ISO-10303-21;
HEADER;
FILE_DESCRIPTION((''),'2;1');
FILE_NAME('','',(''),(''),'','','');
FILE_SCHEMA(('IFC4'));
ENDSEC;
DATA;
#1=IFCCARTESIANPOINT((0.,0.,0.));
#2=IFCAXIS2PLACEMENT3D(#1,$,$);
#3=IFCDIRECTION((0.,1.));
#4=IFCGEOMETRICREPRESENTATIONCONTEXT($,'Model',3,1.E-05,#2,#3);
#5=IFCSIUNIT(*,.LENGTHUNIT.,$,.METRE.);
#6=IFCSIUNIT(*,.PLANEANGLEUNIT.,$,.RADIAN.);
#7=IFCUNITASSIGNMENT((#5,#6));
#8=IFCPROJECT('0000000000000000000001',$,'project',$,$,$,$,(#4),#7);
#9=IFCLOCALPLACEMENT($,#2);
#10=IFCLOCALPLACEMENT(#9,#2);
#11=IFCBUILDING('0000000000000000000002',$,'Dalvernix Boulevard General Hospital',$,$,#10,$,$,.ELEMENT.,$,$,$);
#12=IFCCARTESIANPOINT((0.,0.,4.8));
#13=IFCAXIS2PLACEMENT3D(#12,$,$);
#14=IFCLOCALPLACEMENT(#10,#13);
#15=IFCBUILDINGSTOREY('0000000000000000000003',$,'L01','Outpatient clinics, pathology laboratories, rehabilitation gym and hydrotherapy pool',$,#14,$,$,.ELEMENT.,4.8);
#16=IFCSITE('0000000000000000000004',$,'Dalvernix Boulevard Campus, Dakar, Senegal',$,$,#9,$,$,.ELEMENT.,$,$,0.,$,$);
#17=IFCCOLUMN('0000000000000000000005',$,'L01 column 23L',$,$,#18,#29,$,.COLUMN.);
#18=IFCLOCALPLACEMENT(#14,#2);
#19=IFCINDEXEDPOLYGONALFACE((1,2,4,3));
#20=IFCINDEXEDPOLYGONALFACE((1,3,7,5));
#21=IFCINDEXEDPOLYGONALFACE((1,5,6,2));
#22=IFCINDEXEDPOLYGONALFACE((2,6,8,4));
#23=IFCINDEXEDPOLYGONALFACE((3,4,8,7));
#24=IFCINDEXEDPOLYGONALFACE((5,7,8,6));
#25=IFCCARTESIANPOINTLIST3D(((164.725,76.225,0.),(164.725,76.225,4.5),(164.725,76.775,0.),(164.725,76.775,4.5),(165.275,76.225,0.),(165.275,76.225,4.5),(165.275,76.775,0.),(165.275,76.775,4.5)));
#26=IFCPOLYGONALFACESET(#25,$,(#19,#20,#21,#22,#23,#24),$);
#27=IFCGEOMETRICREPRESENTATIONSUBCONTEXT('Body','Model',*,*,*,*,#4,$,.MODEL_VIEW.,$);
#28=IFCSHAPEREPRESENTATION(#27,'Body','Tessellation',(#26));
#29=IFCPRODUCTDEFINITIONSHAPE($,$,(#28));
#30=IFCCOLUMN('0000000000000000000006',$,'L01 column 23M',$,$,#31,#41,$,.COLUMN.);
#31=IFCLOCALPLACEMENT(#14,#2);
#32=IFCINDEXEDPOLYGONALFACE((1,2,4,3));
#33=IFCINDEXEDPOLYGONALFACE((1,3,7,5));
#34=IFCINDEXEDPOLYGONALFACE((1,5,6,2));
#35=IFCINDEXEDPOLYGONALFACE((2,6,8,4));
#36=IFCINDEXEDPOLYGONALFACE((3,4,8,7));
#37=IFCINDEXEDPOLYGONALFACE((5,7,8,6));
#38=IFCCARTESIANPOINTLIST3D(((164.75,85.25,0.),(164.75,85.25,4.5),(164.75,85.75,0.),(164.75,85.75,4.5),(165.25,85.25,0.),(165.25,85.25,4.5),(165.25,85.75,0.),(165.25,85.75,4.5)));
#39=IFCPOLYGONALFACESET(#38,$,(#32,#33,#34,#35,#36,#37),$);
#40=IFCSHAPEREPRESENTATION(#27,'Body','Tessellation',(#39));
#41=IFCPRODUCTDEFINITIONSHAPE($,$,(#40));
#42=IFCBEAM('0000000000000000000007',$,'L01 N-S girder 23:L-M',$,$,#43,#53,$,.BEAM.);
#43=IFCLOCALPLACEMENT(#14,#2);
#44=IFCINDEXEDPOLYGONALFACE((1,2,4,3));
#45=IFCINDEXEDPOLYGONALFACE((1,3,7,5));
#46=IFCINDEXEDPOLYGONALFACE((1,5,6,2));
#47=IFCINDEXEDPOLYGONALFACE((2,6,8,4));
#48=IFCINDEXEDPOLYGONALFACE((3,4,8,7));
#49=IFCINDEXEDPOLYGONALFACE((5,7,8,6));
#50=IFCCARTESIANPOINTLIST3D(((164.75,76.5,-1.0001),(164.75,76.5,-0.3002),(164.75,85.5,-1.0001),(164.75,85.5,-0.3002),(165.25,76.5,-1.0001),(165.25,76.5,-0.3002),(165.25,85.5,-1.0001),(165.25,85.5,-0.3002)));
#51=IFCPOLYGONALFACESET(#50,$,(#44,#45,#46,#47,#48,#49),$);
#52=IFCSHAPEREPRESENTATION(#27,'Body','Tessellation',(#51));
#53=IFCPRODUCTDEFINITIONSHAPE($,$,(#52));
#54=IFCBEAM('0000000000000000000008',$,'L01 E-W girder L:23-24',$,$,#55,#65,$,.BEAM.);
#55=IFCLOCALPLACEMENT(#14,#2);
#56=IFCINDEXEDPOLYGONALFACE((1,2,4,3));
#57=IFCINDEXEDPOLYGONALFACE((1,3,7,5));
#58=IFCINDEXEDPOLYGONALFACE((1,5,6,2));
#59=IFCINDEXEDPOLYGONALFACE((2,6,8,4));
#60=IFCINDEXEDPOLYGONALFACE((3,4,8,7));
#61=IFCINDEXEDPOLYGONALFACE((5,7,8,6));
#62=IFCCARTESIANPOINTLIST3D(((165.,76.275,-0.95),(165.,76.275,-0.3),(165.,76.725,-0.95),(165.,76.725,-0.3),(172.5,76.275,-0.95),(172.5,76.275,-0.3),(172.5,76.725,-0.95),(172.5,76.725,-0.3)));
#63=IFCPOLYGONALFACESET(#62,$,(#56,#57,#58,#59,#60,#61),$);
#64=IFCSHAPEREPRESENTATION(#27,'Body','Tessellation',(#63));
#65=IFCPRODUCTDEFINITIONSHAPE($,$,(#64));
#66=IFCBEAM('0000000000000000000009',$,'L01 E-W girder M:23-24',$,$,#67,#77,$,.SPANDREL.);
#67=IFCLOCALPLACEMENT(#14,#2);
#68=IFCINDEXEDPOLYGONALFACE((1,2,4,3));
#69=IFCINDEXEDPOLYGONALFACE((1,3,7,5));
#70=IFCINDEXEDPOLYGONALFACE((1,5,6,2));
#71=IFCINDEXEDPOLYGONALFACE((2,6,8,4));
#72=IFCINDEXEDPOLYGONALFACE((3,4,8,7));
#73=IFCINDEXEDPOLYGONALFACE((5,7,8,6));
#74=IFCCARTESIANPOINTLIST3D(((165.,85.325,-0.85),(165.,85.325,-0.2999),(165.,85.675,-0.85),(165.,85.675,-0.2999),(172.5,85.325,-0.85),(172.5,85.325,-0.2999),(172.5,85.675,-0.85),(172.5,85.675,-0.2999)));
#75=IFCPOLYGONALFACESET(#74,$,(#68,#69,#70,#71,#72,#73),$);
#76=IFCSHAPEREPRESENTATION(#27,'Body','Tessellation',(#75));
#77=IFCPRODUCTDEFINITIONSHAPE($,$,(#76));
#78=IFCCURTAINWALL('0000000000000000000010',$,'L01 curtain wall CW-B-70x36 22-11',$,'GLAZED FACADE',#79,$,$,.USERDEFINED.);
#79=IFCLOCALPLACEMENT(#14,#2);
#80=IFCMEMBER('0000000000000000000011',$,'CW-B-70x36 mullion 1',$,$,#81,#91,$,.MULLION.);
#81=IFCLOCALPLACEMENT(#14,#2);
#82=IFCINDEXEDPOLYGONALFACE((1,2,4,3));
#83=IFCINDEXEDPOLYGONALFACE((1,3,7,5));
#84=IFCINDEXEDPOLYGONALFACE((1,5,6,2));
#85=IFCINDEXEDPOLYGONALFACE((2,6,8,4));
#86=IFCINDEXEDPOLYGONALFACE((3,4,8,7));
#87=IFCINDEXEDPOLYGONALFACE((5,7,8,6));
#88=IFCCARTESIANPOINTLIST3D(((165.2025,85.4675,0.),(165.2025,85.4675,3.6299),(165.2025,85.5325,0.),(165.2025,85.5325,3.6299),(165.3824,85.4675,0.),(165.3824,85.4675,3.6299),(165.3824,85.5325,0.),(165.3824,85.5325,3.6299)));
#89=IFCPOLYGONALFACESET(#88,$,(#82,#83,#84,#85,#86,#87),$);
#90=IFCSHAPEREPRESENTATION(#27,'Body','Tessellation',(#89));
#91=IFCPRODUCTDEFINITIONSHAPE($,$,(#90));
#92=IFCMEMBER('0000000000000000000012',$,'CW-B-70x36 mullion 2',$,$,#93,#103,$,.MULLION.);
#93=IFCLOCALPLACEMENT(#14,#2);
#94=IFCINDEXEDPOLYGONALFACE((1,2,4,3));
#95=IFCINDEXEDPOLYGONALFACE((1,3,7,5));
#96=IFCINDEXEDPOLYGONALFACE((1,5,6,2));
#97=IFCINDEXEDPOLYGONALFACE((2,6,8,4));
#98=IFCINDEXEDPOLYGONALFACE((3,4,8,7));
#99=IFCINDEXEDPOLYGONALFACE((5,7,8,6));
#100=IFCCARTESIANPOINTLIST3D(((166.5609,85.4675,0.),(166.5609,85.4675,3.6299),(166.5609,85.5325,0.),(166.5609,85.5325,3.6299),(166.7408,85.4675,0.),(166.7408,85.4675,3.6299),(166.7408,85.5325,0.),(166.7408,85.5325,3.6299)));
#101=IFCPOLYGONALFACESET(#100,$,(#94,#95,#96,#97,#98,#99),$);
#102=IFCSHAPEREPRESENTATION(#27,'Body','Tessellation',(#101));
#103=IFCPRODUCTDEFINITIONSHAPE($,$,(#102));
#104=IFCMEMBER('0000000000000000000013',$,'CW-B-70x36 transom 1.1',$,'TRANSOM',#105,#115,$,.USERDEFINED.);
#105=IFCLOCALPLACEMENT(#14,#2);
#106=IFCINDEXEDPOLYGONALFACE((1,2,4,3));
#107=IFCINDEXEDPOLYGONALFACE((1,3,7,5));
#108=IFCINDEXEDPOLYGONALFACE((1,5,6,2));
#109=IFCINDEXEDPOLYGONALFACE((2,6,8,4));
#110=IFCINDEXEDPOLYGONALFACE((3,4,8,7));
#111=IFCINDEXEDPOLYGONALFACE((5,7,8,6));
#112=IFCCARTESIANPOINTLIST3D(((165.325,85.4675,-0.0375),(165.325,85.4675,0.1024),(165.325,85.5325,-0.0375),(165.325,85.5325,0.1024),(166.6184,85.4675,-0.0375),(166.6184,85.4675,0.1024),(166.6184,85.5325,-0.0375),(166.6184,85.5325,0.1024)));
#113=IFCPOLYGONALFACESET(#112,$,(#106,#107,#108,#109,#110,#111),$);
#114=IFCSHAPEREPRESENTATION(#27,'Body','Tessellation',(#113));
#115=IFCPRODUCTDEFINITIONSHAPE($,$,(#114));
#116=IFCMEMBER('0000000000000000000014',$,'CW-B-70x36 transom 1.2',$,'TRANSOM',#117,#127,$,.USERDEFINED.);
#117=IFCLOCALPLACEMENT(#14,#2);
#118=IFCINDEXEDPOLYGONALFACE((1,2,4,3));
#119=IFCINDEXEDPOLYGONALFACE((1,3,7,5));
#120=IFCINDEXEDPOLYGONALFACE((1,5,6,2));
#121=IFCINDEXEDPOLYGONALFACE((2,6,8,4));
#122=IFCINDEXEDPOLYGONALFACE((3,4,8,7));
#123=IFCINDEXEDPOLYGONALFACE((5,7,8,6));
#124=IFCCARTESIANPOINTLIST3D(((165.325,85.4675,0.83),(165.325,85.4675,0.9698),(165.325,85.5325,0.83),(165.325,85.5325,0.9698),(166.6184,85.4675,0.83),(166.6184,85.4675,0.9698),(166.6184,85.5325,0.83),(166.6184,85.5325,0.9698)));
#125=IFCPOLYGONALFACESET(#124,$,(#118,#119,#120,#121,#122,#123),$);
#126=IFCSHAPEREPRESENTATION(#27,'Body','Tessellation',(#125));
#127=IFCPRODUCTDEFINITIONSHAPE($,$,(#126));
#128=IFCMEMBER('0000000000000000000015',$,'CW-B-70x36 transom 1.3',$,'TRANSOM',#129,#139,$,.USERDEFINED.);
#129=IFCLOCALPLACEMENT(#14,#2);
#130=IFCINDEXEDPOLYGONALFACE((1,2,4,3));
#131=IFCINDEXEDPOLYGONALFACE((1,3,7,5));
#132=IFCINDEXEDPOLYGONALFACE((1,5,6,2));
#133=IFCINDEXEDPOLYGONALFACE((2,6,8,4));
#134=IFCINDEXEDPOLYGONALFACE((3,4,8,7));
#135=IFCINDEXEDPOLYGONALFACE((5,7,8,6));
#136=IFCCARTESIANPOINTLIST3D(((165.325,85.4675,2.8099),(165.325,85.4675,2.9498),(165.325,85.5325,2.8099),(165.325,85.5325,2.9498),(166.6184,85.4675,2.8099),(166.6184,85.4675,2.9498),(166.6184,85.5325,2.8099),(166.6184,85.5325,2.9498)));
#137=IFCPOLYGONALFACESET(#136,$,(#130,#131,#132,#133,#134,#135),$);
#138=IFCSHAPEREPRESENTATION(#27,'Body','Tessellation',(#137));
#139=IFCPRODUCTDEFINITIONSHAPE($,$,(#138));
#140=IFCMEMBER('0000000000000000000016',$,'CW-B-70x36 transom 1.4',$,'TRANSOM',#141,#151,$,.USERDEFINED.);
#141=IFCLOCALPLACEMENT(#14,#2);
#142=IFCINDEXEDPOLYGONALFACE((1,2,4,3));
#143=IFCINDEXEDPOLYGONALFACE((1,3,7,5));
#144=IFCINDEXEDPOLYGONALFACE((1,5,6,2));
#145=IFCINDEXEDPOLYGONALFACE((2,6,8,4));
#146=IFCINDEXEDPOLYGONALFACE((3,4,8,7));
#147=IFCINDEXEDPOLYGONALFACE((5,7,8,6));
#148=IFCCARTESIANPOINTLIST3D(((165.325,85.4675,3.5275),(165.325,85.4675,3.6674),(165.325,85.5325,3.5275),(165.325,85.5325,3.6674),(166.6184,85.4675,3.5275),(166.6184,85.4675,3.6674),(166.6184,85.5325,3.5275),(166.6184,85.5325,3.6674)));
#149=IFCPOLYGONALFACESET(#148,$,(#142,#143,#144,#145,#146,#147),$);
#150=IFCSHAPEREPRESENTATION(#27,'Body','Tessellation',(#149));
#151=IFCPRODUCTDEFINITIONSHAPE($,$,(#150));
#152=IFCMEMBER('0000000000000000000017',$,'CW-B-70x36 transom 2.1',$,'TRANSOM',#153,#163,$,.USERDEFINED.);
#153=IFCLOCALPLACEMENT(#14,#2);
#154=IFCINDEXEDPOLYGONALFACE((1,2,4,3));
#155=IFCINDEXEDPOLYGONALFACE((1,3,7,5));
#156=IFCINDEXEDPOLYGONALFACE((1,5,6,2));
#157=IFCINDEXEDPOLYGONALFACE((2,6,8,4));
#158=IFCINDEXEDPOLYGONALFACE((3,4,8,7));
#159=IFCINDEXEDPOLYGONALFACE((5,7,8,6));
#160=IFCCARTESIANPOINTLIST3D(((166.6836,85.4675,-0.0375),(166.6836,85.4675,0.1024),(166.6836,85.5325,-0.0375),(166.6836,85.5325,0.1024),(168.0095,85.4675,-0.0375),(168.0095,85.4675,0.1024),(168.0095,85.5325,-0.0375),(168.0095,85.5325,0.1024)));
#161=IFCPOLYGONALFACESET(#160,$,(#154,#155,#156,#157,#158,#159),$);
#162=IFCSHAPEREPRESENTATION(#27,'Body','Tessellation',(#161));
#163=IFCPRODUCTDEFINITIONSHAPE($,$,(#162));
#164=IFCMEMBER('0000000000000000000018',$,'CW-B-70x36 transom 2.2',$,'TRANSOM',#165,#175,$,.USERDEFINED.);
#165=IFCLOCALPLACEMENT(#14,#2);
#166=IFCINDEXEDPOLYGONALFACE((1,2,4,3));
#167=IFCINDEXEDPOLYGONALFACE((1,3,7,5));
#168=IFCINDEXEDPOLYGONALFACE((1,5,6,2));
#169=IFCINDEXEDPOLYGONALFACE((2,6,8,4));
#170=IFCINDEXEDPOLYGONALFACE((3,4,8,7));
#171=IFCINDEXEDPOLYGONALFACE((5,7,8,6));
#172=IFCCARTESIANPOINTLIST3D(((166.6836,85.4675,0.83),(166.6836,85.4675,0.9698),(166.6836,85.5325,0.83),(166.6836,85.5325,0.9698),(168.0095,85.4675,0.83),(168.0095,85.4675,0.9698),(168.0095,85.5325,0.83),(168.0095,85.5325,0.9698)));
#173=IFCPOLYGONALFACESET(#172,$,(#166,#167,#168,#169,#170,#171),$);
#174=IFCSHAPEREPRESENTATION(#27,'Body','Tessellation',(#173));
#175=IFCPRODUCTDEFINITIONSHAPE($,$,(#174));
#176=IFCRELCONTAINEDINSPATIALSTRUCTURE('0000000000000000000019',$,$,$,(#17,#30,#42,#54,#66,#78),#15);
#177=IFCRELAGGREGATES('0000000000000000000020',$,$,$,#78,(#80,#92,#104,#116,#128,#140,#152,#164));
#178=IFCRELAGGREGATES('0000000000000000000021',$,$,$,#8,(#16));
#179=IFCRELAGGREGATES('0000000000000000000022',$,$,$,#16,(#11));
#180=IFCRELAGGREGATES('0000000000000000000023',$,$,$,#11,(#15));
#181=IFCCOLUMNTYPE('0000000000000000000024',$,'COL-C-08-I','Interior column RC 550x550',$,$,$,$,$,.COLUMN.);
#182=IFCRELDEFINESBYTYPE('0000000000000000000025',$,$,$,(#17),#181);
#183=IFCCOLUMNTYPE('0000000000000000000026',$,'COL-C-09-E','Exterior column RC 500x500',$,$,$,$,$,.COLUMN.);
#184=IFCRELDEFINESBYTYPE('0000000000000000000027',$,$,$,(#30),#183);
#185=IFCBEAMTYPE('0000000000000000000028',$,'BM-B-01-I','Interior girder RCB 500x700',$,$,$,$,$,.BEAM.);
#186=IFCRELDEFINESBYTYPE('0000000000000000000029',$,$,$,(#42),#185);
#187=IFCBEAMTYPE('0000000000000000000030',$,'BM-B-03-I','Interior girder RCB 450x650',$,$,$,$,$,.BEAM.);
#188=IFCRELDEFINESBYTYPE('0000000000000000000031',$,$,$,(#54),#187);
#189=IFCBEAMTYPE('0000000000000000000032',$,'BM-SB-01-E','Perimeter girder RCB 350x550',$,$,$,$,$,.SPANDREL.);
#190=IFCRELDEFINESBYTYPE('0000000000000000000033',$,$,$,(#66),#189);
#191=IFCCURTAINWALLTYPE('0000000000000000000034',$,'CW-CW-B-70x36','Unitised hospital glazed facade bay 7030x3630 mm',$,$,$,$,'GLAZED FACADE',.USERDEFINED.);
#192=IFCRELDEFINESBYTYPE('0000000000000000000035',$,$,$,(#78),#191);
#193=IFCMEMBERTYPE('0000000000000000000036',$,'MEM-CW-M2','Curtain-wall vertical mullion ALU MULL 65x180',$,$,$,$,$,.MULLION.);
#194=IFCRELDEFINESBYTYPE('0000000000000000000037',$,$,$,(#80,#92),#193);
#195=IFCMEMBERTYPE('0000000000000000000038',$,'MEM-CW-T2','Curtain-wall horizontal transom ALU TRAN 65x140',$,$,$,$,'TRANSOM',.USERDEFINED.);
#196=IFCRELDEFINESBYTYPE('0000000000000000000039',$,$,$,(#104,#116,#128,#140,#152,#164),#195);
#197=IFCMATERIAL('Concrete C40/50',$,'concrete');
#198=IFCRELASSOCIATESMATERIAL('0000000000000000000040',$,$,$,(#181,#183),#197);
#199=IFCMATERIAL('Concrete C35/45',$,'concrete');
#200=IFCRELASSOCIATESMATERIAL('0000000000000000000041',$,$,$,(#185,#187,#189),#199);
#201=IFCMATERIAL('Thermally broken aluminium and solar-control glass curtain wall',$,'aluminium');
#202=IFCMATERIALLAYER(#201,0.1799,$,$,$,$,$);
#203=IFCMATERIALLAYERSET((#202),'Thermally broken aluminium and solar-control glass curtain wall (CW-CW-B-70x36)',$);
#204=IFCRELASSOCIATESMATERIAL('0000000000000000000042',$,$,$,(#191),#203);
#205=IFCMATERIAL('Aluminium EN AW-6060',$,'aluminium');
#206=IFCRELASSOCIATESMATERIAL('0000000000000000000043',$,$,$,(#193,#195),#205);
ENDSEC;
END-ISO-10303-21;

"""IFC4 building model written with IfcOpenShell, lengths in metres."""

from ifc_helpers import new_model, si_unit, direction, frame, origin, origin_2d, place, context, subcontext, project, spatial, rectangle, extrude, material, layer, layer_set, material_profile, profile_set, type_object, element, aggregate, save


model = new_model("IFC4")

# Units and contexts
model_context = context("Model", 3, precision=1e-05, world=origin(), true_north=direction((0.0, 1.0)))
body_context = subcontext(model_context, "Body", "Model", "MODEL_VIEW")
ifc_project = project(units=[si_unit("LENGTHUNIT", "METRE"), si_unit("PLANEANGLEUNIT", "RADIAN")], contexts=[model_context])

# Site, building, storey
site_placement = place(None, origin())
site = spatial("IfcSite", under=ifc_project, at=site_placement, Name="Dalvernix Boulevard Campus, Dakar, Senegal", CompositionType="ELEMENT", RefElevation=0.0)
building_placement = place(site_placement, origin())
building = spatial("IfcBuilding", under=site, at=building_placement, Name="Dalvernix Boulevard General Hospital", CompositionType="ELEMENT")
storey_placement = place(building_placement, frame((0.0, 0.0, 4.8)))
storey = spatial("IfcBuildingStorey", under=building, at=storey_placement, Name="L01", Description="Outpatient clinics, pathology laboratories, rehabilitation gym and hydrotherapy pool", CompositionType="ELEMENT", Elevation=4.8)

# Columns
ifc_material_1 = material(Name="Concrete C40/50", Category="concrete")
ifc_material_profile_1 = material_profile(ifc_material_1, rectangle(XDim=0.55, YDim=0.55, at=origin_2d()), Name="RC 550x550")
ifc_profile_set_1 = profile_set([ifc_material_profile_1], Name="Concrete C40/50")
column_type_1 = type_object("IfcColumnType", Name="COL-C-08-I", Description="Interior column RC 550x550", PredefinedType="COLUMN", material=ifc_profile_set_1)
column_1_placement = place(storey_placement, frame((165.0, 76.5, 0.0), z_axis=(0.0, 0.0, 1.0), x_axis=(1.0, 0.0, 0.0)))
element("IfcColumn", 1, at=column_1_placement, inside=storey, type_object=column_type_1, Name="L01 column 23L", PredefinedType="COLUMN", context=body_context, shape_type="SweptSolid", body=[
    extrude(rectangle(XDim=0.55, YDim=0.55, at=origin_2d()), origin(), (0.0, 0.0, 1.0), 4.5),
])
ifc_material_profile_2 = material_profile(ifc_material_1, rectangle(XDim=0.5, YDim=0.5, at=origin_2d()), Name="RC 500x500")
ifc_profile_set_2 = profile_set([ifc_material_profile_2], Name="Concrete C40/50")
column_type_2 = type_object("IfcColumnType", Name="COL-C-09-E", Description="Exterior column RC 500x500", PredefinedType="COLUMN", material=ifc_profile_set_2)
column_2_placement = place(storey_placement, frame((165.0, 85.5, 0.0), z_axis=(0.0, 0.0, 1.0), x_axis=(1.0, 0.0, 0.0)))
element("IfcColumn", 2, at=column_2_placement, inside=storey, type_object=column_type_2, Name="L01 column 23M", PredefinedType="COLUMN", context=body_context, shape_type="SweptSolid", body=[
    extrude(rectangle(XDim=0.5, YDim=0.5, at=origin_2d()), origin(), (0.0, 0.0, 1.0), 4.5),
])

# Beams
ifc_material_2 = material(Name="Concrete C35/45", Category="concrete")
ifc_material_profile_3 = material_profile(ifc_material_2, rectangle(XDim=0.5, YDim=0.7, at=origin_2d()), Name="RCB 500x700")
ifc_profile_set_3 = profile_set([ifc_material_profile_3], Name="Concrete C35/45")
beam_type_1 = type_object("IfcBeamType", Name="BM-B-01-I", Description="Interior girder RCB 500x700", PredefinedType="BEAM", material=ifc_profile_set_3)
beam_1_placement = place(storey_placement, frame((165.0, 76.5, -0.6501), z_axis=(0.0, 1.0, 0.0), x_axis=(-1.0, 0.0, 0.0)))
element("IfcBeam", 3, at=beam_1_placement, inside=storey, type_object=beam_type_1, Name="L01 N-S girder 23:L-M", PredefinedType="BEAM", context=body_context, shape_type="SweptSolid", body=[
    extrude(rectangle(XDim=0.5, YDim=0.7, at=origin_2d()), origin(), (0.0, 0.0, 1.0), 9.0),
])
ifc_material_profile_4 = material_profile(ifc_material_2, rectangle(XDim=0.45, YDim=0.6499, at=origin_2d()), Name="RCB 450x650")
ifc_profile_set_4 = profile_set([ifc_material_profile_4], Name="Concrete C35/45")
beam_type_2 = type_object("IfcBeamType", Name="BM-B-03-I", Description="Interior girder RCB 450x650", PredefinedType="BEAM", material=ifc_profile_set_4)
beam_2_placement = place(storey_placement, frame((165.0, 76.5, -0.625), z_axis=(1.0, 0.0, 0.0), x_axis=(0.0, 1.0, 0.0)))
element("IfcBeam", 4, at=beam_2_placement, inside=storey, type_object=beam_type_2, Name="L01 E-W girder L:23-24", PredefinedType="BEAM", context=body_context, shape_type="SweptSolid", body=[
    extrude(rectangle(XDim=0.45, YDim=0.6499, at=origin_2d()), origin(), (0.0, 0.0, 1.0), 7.5),
])
ifc_material_profile_5 = material_profile(ifc_material_2, rectangle(XDim=0.3501, YDim=0.55, at=origin_2d()), Name="RCB 350x550")
ifc_profile_set_5 = profile_set([ifc_material_profile_5], Name="Concrete C35/45")
beam_type_3 = type_object("IfcBeamType", Name="BM-SB-01-E", Description="Perimeter girder RCB 350x550", PredefinedType="SPANDREL", material=ifc_profile_set_5)
beam_3_placement = place(storey_placement, frame((165.0, 85.5, -0.575), z_axis=(1.0, 0.0, 0.0), x_axis=(0.0, 1.0, 0.0)))
element("IfcBeam", 5, at=beam_3_placement, inside=storey, type_object=beam_type_3, Name="L01 E-W girder M:23-24", PredefinedType="SPANDREL", context=body_context, shape_type="SweptSolid", body=[
    extrude(rectangle(XDim=0.3501, YDim=0.55, at=origin_2d()), origin(), (0.0, 0.0, 1.0), 7.5),
])

# Curtain wall, members
ifc_material_3 = material(Name="Thermally broken aluminium and solar-control glass curtain wall", Category="aluminium")
ifc_layer_1 = layer(ifc_material_3, 0.1799)
ifc_layer_set_1 = layer_set([ifc_layer_1], Name="Thermally broken aluminium and solar-control glass curtain wall (CW-CW-B-70x36)")
curtain_wall_type = type_object("IfcCurtainWallType", Name="CW-CW-B-70x36", Description="Unitised hospital glazed facade bay 7030x3630 mm", ElementType="GLAZED FACADE", PredefinedType="USERDEFINED", material=ifc_layer_set_1)
curtain_wall_placement = place(storey_placement, origin())
curtain_wall = element("IfcCurtainWall", 6, at=curtain_wall_placement, inside=storey, type_object=curtain_wall_type, Name="L01 curtain wall CW-B-70x36 22-11", ObjectType="GLAZED FACADE", PredefinedType="USERDEFINED")
ifc_material_4 = material(Name="Aluminium EN AW-6060", Category="aluminium")
ifc_material_profile_6 = material_profile(ifc_material_4, rectangle(XDim=0.0649, YDim=0.1799, at=origin_2d()), Name="ALU MULL 65x180")
ifc_profile_set_6 = profile_set([ifc_material_profile_6], Name="Aluminium EN AW-6060")
member_type_1 = type_object("IfcMemberType", Name="MEM-CW-M2", Description="Curtain-wall vertical mullion ALU MULL 65x180", PredefinedType="MULLION", material=ifc_profile_set_6)
member_1_placement = place(storey_placement, frame((165.2925, 85.5, 0.0), z_axis=(0.0, 0.0, 1.0), x_axis=(0.0, 1.0, 0.0)))
member_1 = element("IfcMember", 7, at=member_1_placement, type_object=member_type_1, Name="CW-B-70x36 mullion 1", PredefinedType="MULLION", context=body_context, shape_type="SweptSolid", body=[
    extrude(rectangle(XDim=0.0649, YDim=0.1799, at=origin_2d()), origin(), (0.0, 0.0, 1.0), 3.6299),
])
member_2_placement = place(storey_placement, frame((166.6509, 85.5, 0.0), z_axis=(0.0, 0.0, 1.0), x_axis=(0.0, 1.0, 0.0)))
member_2 = element("IfcMember", 8, at=member_2_placement, type_object=member_type_1, Name="CW-B-70x36 mullion 2", PredefinedType="MULLION", context=body_context, shape_type="SweptSolid", body=[
    extrude(rectangle(XDim=0.0649, YDim=0.1799, at=origin_2d()), origin(), (0.0, 0.0, 1.0), 3.6299),
])
ifc_material_profile_7 = material_profile(ifc_material_4, rectangle(XDim=0.0649, YDim=0.1399, at=origin_2d()), Name="ALU TRAN 65x140")
ifc_profile_set_7 = profile_set([ifc_material_profile_7], Name="Aluminium EN AW-6060")
member_type_2 = type_object("IfcMemberType", Name="MEM-CW-T2", Description="Curtain-wall horizontal transom ALU TRAN 65x140", ElementType="TRANSOM", PredefinedType="USERDEFINED", material=ifc_profile_set_7)
member_3_placement = place(storey_placement, frame((165.325, 85.5, 0.0325), z_axis=(1.0, 0.0, 0.0), x_axis=(0.0, 1.0, 0.0)))
member_3 = element("IfcMember", 9, at=member_3_placement, type_object=member_type_2, Name="CW-B-70x36 transom 1.1", ObjectType="TRANSOM", PredefinedType="USERDEFINED", context=body_context, shape_type="SweptSolid", body=[
    extrude(rectangle(XDim=0.0649, YDim=0.1399, at=origin_2d()), origin(), (0.0, 0.0, 1.0), 1.2935),
])
member_4_placement = place(storey_placement, frame((165.325, 85.5, 0.8999), z_axis=(1.0, 0.0, 0.0), x_axis=(0.0, 1.0, 0.0)))
member_4 = element("IfcMember", 10, at=member_4_placement, type_object=member_type_2, Name="CW-B-70x36 transom 1.2", ObjectType="TRANSOM", PredefinedType="USERDEFINED", context=body_context, shape_type="SweptSolid", body=[
    extrude(rectangle(XDim=0.0649, YDim=0.1399, at=origin_2d()), origin(), (0.0, 0.0, 1.0), 1.2935),
])
member_5_placement = place(storey_placement, frame((165.325, 85.5, 2.8799), z_axis=(1.0, 0.0, 0.0), x_axis=(0.0, 1.0, 0.0)))
member_5 = element("IfcMember", 11, at=member_5_placement, type_object=member_type_2, Name="CW-B-70x36 transom 1.3", ObjectType="TRANSOM", PredefinedType="USERDEFINED", context=body_context, shape_type="SweptSolid", body=[
    extrude(rectangle(XDim=0.0649, YDim=0.1399, at=origin_2d()), origin(), (0.0, 0.0, 1.0), 1.2935),
])
member_6_placement = place(storey_placement, frame((165.325, 85.5, 3.5974), z_axis=(1.0, 0.0, 0.0), x_axis=(0.0, 1.0, 0.0)))
member_6 = element("IfcMember", 12, at=member_6_placement, type_object=member_type_2, Name="CW-B-70x36 transom 1.4", ObjectType="TRANSOM", PredefinedType="USERDEFINED", context=body_context, shape_type="SweptSolid", body=[
    extrude(rectangle(XDim=0.0649, YDim=0.1399, at=origin_2d()), origin(), (0.0, 0.0, 1.0), 1.2935),
])
member_7_placement = place(storey_placement, frame((166.6836, 85.5, 0.0325), z_axis=(1.0, 0.0, 0.0), x_axis=(0.0, 1.0, 0.0)))
member_7 = element("IfcMember", 13, at=member_7_placement, type_object=member_type_2, Name="CW-B-70x36 transom 2.1", ObjectType="TRANSOM", PredefinedType="USERDEFINED", context=body_context, shape_type="SweptSolid", body=[
    extrude(rectangle(XDim=0.0649, YDim=0.1399, at=origin_2d()), origin(), (0.0, 0.0, 1.0), 1.3259),
])
member_8_placement = place(storey_placement, frame((166.6836, 85.5, 0.8999), z_axis=(1.0, 0.0, 0.0), x_axis=(0.0, 1.0, 0.0)))
member_8 = element("IfcMember", 14, at=member_8_placement, type_object=member_type_2, Name="CW-B-70x36 transom 2.2", ObjectType="TRANSOM", PredefinedType="USERDEFINED", context=body_context, shape_type="SweptSolid", body=[
    extrude(rectangle(XDim=0.0649, YDim=0.1399, at=origin_2d()), origin(), (0.0, 0.0, 1.0), 1.3259),
])
aggregate(curtain_wall, [member_1, member_2, member_3, member_4, member_5, member_6, member_7, member_8])

save(model, "model.ifc")
